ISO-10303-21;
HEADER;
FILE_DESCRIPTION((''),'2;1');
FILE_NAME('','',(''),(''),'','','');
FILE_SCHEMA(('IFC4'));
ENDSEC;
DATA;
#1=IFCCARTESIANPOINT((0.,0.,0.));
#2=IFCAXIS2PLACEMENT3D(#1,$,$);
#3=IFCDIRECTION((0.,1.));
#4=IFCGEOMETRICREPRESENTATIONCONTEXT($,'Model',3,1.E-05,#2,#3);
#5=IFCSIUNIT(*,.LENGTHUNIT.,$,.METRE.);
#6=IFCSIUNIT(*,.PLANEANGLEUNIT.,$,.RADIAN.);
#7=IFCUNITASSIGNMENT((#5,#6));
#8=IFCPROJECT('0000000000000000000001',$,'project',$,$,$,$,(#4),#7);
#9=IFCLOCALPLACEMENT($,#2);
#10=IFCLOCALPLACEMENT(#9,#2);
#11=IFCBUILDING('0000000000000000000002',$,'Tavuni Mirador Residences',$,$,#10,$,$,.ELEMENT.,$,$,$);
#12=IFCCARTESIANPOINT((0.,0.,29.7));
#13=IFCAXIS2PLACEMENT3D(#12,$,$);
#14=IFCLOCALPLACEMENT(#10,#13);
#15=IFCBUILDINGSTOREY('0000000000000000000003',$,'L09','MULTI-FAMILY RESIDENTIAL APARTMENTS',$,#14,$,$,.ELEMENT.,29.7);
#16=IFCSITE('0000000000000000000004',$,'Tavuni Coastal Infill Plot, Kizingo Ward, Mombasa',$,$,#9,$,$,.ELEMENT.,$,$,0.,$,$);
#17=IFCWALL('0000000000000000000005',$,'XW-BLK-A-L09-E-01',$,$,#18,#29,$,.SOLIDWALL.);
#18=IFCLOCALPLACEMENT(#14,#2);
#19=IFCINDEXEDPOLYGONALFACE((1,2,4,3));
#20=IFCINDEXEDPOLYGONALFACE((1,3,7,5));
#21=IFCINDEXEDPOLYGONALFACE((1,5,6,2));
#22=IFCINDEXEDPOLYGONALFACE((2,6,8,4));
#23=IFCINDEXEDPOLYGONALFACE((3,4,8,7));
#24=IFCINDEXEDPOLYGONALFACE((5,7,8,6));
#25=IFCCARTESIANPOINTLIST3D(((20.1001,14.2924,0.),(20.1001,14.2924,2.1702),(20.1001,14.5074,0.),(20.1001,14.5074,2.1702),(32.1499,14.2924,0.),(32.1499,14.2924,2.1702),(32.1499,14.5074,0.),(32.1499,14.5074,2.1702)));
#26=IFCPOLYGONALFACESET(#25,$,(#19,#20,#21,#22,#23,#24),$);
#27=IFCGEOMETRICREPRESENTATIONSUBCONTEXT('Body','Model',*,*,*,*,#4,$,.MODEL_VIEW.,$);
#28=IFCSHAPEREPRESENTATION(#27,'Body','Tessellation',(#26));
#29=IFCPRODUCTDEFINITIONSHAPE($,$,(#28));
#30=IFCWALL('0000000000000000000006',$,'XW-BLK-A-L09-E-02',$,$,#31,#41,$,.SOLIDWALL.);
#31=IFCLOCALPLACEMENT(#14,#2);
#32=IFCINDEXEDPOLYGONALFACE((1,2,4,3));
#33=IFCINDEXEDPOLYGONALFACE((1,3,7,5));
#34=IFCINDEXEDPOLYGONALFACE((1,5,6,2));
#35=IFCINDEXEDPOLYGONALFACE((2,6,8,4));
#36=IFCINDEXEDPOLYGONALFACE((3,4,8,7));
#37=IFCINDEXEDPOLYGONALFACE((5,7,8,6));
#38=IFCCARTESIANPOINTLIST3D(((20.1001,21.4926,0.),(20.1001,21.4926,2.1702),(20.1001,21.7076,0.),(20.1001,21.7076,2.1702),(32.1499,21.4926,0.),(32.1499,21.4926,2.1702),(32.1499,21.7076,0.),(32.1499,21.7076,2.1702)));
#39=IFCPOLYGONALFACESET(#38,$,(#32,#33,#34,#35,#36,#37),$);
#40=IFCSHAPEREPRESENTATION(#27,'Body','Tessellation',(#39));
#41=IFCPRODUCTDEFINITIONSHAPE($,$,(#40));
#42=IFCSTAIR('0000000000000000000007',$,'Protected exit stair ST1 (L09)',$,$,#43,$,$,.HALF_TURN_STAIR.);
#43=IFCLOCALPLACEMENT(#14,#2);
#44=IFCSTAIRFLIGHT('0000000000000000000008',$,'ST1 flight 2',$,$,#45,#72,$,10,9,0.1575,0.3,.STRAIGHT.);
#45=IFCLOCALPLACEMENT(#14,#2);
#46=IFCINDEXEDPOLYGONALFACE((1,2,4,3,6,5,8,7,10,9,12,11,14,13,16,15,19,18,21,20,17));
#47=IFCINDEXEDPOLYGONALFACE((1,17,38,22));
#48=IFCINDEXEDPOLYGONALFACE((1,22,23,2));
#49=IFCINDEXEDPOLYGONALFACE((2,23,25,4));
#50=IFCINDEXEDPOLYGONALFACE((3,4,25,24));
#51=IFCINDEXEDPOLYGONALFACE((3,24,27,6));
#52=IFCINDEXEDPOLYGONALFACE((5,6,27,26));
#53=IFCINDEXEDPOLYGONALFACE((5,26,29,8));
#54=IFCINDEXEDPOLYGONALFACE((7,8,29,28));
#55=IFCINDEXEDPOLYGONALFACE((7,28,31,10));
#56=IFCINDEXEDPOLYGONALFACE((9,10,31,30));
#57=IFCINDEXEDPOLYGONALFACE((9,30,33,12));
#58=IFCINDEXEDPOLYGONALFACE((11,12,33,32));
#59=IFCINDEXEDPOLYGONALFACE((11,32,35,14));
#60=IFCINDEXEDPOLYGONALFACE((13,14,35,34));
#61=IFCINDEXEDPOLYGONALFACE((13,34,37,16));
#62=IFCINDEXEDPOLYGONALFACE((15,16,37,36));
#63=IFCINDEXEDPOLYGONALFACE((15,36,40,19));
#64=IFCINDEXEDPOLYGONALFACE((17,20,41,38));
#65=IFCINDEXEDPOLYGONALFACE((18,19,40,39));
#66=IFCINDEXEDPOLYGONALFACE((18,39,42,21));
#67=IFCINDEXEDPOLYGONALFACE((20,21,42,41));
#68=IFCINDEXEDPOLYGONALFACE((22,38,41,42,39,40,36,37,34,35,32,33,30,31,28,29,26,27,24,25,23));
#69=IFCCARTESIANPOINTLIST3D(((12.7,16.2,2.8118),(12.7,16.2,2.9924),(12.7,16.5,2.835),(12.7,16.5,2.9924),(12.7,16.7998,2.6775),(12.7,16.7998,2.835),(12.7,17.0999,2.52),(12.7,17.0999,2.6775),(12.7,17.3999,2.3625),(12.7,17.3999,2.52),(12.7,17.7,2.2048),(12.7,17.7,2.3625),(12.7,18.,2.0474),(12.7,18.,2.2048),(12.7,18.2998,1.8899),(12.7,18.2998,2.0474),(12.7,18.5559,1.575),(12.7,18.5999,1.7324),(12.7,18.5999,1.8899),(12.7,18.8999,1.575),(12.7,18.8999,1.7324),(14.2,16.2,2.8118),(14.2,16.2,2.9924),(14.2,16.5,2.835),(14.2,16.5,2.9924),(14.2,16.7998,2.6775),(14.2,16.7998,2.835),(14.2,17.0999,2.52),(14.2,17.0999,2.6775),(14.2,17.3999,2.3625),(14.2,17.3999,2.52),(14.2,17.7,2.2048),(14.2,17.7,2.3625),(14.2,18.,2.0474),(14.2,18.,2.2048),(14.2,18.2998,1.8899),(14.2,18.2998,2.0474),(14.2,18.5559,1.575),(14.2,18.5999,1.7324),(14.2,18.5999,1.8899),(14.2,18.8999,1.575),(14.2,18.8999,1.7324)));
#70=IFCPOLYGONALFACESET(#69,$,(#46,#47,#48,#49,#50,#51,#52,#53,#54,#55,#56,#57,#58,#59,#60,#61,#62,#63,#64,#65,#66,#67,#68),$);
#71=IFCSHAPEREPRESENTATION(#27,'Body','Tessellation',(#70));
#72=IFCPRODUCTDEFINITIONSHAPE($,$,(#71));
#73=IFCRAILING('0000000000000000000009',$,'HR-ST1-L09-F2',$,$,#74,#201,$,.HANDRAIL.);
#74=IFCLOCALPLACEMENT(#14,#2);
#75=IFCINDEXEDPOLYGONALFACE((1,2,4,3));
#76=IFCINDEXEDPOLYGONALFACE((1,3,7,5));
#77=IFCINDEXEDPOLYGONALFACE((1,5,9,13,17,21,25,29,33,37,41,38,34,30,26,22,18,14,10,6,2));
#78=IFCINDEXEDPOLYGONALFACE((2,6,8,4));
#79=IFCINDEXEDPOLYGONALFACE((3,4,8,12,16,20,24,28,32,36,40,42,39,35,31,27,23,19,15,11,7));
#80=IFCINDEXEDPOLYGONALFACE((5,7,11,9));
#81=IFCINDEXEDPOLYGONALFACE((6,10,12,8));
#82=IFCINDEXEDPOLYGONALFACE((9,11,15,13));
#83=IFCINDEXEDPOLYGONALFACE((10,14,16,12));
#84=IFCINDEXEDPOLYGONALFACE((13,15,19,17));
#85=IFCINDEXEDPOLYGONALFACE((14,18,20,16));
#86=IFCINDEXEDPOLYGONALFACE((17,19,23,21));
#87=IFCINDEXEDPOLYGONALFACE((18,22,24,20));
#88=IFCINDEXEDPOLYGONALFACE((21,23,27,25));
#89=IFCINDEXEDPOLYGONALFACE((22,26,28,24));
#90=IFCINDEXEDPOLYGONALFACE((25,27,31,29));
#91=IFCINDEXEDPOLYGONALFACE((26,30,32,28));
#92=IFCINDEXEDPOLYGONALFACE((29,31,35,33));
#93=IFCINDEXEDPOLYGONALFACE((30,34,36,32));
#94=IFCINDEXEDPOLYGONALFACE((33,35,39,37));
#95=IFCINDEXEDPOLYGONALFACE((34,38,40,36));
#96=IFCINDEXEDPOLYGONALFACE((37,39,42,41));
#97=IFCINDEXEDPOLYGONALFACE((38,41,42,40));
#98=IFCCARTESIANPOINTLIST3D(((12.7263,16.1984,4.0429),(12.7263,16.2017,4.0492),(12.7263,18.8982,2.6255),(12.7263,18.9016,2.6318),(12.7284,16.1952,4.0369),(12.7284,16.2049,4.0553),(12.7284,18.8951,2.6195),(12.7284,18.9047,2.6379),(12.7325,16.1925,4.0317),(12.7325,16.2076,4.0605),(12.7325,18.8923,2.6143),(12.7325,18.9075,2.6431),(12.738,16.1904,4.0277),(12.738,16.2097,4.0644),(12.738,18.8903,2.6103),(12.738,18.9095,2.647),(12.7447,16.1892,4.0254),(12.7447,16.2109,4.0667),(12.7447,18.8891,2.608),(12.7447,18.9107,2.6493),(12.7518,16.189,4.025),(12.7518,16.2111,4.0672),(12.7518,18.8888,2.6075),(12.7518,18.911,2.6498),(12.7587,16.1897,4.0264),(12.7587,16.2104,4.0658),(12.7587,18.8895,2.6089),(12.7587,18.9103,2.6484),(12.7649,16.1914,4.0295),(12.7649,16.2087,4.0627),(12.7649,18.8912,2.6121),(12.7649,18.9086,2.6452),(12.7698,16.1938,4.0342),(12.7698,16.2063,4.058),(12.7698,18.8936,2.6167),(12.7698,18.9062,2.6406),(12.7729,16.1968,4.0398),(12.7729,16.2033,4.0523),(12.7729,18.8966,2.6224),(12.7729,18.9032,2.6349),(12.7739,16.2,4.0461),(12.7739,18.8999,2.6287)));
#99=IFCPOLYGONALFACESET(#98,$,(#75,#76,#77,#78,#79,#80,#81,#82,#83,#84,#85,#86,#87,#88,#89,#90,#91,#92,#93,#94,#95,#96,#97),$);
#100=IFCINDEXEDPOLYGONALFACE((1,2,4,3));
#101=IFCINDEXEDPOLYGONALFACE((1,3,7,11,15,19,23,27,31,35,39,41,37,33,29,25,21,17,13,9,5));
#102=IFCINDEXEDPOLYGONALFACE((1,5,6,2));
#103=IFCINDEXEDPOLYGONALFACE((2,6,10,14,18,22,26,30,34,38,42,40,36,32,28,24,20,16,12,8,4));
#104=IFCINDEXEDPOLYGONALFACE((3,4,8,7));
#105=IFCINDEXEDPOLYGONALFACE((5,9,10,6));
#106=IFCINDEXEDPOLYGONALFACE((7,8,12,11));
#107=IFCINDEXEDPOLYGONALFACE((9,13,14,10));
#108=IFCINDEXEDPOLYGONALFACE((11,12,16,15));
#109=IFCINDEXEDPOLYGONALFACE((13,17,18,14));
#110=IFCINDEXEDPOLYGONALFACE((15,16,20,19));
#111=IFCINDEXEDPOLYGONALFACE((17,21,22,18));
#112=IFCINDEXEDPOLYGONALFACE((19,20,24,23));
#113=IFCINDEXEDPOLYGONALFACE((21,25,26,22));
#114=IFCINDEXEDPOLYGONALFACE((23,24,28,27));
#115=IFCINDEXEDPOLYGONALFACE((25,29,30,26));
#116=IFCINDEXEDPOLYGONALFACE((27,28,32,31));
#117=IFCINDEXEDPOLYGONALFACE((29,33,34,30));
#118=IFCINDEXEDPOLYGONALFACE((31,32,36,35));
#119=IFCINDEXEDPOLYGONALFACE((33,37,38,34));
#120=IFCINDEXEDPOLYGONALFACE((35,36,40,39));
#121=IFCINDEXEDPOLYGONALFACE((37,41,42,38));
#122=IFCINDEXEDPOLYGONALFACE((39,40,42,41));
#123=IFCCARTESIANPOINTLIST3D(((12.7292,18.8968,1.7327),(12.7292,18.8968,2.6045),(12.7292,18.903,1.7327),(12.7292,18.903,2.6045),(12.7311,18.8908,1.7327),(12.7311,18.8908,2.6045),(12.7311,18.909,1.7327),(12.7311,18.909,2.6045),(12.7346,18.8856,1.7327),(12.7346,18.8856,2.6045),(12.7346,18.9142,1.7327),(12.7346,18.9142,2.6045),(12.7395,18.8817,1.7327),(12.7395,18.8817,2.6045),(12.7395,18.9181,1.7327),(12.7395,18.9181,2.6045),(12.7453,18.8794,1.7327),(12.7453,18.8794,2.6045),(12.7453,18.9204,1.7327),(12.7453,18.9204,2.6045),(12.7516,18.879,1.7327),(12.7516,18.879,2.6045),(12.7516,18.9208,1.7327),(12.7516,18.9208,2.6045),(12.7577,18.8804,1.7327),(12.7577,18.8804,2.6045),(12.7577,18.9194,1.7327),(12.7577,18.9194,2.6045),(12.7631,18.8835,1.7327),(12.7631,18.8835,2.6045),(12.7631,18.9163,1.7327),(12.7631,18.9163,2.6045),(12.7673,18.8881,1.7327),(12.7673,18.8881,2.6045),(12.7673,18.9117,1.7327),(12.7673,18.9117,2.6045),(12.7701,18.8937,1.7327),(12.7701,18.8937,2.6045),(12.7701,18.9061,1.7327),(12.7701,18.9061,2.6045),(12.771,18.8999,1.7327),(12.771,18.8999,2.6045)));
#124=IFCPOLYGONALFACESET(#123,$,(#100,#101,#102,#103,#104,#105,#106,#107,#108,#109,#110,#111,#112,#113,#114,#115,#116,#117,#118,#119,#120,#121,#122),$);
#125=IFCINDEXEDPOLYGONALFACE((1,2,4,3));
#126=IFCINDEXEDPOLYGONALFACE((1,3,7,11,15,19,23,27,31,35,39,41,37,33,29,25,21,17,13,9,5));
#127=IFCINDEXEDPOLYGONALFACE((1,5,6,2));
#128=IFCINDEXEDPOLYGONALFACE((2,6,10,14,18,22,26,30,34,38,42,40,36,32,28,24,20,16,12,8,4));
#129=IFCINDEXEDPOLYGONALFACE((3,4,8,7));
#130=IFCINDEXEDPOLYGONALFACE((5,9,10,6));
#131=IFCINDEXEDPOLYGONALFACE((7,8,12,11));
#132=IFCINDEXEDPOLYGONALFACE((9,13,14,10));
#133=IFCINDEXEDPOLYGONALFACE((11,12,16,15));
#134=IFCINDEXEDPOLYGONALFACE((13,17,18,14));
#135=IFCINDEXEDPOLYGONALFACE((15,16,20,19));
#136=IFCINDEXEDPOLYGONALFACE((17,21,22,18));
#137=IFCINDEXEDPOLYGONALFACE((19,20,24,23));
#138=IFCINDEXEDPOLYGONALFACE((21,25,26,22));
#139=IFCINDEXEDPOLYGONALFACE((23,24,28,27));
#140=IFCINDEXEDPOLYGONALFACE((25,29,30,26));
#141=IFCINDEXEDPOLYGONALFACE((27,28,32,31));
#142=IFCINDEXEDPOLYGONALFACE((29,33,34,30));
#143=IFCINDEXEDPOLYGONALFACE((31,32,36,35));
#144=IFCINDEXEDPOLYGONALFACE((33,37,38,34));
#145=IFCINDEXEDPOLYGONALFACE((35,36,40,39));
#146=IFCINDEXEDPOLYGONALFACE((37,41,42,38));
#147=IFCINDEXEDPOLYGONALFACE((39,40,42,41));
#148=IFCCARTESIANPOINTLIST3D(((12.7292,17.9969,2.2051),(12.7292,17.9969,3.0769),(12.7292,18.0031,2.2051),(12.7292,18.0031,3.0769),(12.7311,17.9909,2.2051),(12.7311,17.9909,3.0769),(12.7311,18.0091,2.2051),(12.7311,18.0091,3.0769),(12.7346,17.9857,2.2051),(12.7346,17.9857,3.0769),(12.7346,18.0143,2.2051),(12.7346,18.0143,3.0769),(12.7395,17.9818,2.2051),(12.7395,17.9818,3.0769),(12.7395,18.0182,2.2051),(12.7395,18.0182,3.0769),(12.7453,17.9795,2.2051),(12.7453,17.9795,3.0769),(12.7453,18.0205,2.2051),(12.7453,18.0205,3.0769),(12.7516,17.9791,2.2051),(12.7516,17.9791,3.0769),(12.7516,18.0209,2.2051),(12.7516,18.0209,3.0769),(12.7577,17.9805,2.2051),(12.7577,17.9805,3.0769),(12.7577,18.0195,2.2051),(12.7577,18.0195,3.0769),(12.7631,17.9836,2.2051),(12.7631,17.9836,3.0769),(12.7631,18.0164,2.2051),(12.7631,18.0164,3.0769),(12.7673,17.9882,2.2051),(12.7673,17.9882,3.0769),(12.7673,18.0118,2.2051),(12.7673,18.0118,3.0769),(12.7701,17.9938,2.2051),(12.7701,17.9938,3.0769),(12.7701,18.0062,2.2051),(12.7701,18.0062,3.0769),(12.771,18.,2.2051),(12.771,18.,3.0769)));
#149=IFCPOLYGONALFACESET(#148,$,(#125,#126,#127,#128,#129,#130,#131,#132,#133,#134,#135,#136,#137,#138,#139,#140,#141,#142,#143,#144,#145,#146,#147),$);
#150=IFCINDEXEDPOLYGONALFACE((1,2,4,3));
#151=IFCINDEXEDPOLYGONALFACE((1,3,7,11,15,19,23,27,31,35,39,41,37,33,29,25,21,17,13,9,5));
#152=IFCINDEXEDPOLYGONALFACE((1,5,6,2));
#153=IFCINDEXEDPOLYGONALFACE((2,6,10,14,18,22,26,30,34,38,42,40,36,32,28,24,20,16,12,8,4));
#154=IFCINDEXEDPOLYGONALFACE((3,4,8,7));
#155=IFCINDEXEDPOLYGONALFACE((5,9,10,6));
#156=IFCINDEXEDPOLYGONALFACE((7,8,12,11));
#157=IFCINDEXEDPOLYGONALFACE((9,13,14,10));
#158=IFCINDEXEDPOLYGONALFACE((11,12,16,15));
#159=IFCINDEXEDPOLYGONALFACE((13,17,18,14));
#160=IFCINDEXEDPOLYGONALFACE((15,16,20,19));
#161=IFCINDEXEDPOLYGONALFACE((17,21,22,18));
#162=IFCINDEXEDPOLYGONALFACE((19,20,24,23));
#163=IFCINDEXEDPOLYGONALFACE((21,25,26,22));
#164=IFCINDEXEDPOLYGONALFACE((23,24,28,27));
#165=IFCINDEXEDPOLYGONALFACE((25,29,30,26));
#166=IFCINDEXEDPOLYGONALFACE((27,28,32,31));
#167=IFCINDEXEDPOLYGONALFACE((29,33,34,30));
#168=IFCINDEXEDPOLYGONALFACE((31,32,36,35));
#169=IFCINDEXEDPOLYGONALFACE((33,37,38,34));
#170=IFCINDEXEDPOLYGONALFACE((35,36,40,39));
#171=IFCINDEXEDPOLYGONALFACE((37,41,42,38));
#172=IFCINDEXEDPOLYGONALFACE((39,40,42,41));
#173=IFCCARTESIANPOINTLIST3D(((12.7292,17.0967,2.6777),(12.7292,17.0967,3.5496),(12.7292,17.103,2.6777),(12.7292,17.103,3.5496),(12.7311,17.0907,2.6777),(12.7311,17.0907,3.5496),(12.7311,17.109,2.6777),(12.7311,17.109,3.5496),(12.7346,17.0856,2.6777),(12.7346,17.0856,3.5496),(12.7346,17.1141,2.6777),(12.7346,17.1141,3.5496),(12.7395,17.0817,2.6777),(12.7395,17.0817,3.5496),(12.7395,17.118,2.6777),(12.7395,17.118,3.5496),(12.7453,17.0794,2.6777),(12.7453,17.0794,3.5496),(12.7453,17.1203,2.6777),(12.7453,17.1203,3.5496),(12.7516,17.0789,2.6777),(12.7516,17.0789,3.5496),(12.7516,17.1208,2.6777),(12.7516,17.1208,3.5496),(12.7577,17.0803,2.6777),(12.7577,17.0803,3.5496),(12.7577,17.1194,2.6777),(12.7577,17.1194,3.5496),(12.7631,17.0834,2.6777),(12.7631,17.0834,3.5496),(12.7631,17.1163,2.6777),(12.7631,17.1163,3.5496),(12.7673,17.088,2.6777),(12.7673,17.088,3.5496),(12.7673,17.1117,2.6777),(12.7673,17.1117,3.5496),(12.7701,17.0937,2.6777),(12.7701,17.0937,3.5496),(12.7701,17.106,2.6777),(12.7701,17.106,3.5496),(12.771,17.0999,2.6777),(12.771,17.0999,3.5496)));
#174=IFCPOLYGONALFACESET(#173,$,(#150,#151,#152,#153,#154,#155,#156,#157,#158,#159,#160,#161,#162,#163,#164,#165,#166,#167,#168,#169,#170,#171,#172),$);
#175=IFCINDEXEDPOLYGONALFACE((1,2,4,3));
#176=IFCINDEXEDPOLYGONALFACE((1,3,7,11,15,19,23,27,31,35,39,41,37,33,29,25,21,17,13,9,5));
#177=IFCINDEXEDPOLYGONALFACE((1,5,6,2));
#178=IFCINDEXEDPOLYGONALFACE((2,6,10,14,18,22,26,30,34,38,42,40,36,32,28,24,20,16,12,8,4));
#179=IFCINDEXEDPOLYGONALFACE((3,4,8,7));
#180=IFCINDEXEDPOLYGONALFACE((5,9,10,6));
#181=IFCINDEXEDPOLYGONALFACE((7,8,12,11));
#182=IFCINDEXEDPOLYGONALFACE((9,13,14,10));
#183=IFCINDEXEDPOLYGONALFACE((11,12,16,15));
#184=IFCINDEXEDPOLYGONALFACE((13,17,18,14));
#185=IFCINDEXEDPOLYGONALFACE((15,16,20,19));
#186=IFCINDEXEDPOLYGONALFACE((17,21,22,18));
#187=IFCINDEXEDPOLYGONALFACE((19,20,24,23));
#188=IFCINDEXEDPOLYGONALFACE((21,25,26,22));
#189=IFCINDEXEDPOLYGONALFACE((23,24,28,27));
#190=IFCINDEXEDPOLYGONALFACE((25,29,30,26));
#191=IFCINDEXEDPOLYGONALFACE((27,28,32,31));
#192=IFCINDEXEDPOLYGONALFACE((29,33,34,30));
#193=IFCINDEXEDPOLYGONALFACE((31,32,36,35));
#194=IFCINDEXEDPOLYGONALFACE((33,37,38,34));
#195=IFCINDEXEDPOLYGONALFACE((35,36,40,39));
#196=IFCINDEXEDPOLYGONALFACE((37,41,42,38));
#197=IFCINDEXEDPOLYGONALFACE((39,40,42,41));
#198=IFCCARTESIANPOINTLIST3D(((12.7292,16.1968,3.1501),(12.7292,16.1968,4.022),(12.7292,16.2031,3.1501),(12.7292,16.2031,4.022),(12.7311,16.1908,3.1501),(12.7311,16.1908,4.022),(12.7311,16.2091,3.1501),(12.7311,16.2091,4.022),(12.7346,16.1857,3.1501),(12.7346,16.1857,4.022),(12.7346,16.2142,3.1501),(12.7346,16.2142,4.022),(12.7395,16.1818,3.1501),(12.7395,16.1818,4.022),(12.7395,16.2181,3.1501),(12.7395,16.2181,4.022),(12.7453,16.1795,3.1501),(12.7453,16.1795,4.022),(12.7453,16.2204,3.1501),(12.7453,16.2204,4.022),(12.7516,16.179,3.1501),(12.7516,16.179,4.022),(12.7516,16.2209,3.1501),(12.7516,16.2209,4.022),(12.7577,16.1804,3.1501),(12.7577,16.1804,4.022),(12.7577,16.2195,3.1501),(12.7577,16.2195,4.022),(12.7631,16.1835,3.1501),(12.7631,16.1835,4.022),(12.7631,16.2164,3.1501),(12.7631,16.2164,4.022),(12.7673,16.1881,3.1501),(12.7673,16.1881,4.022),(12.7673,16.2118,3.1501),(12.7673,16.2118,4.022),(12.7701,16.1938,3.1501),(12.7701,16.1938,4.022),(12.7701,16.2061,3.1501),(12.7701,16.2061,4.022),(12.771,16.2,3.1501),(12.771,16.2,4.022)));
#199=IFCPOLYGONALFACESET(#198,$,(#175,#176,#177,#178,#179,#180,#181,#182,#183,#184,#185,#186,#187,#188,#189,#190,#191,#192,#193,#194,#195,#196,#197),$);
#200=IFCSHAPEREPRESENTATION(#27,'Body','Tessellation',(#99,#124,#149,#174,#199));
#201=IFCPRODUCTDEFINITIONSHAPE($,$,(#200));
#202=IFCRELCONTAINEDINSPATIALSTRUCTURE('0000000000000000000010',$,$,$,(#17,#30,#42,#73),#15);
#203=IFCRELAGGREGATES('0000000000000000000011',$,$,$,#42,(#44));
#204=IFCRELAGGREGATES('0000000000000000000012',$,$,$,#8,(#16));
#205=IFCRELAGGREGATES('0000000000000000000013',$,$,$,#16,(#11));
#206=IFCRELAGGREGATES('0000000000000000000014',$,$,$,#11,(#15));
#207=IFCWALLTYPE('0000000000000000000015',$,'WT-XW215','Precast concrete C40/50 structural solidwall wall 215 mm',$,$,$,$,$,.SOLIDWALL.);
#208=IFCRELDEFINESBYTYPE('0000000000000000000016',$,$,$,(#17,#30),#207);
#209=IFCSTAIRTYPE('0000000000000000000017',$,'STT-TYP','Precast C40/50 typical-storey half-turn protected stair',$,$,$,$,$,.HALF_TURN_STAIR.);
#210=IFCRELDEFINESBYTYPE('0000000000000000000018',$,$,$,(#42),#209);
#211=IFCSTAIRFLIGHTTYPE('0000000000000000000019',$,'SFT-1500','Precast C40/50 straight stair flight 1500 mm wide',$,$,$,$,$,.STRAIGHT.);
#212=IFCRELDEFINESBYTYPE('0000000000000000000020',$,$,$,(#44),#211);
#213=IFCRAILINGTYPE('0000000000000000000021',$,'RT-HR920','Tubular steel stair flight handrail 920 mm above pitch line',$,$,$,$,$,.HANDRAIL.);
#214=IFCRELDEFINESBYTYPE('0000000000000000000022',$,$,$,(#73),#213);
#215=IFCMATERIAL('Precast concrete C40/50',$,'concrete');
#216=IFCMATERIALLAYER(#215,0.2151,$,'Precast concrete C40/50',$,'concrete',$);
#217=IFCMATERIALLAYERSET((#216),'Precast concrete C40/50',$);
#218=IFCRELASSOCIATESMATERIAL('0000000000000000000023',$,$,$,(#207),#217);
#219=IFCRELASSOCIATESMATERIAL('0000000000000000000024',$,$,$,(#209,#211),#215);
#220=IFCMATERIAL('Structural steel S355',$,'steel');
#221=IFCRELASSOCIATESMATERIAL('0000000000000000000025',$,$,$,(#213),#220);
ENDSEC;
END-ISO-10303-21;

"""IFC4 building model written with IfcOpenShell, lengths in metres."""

from ifc_helpers import new_model, si_unit, direction, frame, frame_2d, origin, origin_2d, place, context, subcontext, project, spatial, polyline, rectangle, circle, outline, extrude, material, layer, layer_set, type_object, element, aggregate, save


model = new_model("IFC4")

# Units and contexts
model_context = context("Model", 3, precision=1e-05, world=origin(), true_north=direction((0.0, 1.0)))
body_context = subcontext(model_context, "Body", "Model", "MODEL_VIEW")
ifc_project = project(units=[si_unit("LENGTHUNIT", "METRE"), si_unit("PLANEANGLEUNIT", "RADIAN")], contexts=[model_context])

# Site, building, storey
site_placement = place(None, origin())
site = spatial("IfcSite", under=ifc_project, at=site_placement, Name="Tavuni Coastal Infill Plot, Kizingo Ward, Mombasa", CompositionType="ELEMENT", RefElevation=0.0)
building_placement = place(site_placement, origin())
building = spatial("IfcBuilding", under=site, at=building_placement, Name="Tavuni Mirador Residences", CompositionType="ELEMENT")
storey_placement = place(building_placement, frame((0.0, 0.0, 29.7)))
storey = spatial("IfcBuildingStorey", under=building, at=storey_placement, Name="L09", Description="MULTI-FAMILY RESIDENTIAL APARTMENTS", CompositionType="ELEMENT", Elevation=29.7)

# Shared definitions
ifc_material_1 = material(Name="Precast concrete C40/50", Category="concrete")

# Shared definitions
ifc_material_2 = material(Name="Structural steel S355", Category="steel")

# Walls
ifc_layer_1 = layer(ifc_material_1, 0.2151, Name="Precast concrete C40/50", Category="concrete")
ifc_layer_set_1 = layer_set([ifc_layer_1], Name="Precast concrete C40/50")
wall_type_1 = type_object("IfcWallType", Name="WT-XW215", Description="Precast concrete C40/50 structural solidwall wall 215 mm", PredefinedType="SOLIDWALL", material=ifc_layer_set_1)
for number, where, z_axis, x_axis, name in (
    (1, (20.1001, 14.3999, 0.0), (0.0, 0.0, 1.0), (1.0, 0.0, 0.0), "XW-BLK-A-L09-E-01"),
    (2, (20.1001, 21.6001, 0.0), (0.0, 0.0, 1.0), (1.0, 0.0, 0.0), "XW-BLK-A-L09-E-02"),
):
    element("IfcWall", number, at=place(storey_placement, frame(where, z_axis=z_axis, x_axis=x_axis)), inside=storey, type_object=wall_type_1, Name=name, PredefinedType="SOLIDWALL", context=body_context, shape_type="SweptSolid", body=[
        extrude(rectangle(XDim=12.0498, YDim=0.2151, at=frame_2d((6.0249, 0.0))), origin(), (0.0, 0.0, 1.0), 2.1702),
    ])

# Stair, stair flight
stair_type = type_object("IfcStairType", Name="STT-TYP", Description="Precast C40/50 typical-storey half-turn protected stair", PredefinedType="HALF_TURN_STAIR", material=ifc_material_1)
stair_placement = place(storey_placement, origin())
stair = element("IfcStair", 3, at=stair_placement, inside=storey, type_object=stair_type, Name="Protected exit stair ST1 (L09)", PredefinedType="HALF_TURN_STAIR")
stair_flight_type = type_object("IfcStairFlightType", Name="SFT-1500", Description="Precast C40/50 straight stair flight 1500 mm wide", PredefinedType="STRAIGHT", material=ifc_material_1)
stair_flight_placement = place(storey_placement, frame((13.45, 18.8999, 1.575), z_axis=(0.0, 0.0, 1.0), x_axis=(0.0, -1.0, 0.0)))
stair_flight = element("IfcStairFlight", 4, at=stair_flight_placement, type_object=stair_flight_type, Name="ST1 flight 2", NumberOfRisers=10, NumberOfTreads=9, PredefinedType="STRAIGHT", RiserHeight=0.1575, TreadLength=0.3, context=body_context, shape_type="SweptSolid", body=[
    extrude(outline(polyline([(0.0, 0.0), (0.0, 0.1575), (0.3, 0.1575), (0.3, 0.3149), (0.6001, 0.3149), (0.6001, 0.4724), (0.8999, 0.4724), (0.8999, 0.6299), (1.2, 0.6299), (1.2, 0.7876), (1.5, 0.7876), (1.5, 0.9451), (1.8, 0.9451), (1.8, 1.1025), (2.1001, 1.1025), (2.1001, 1.26), (2.3999, 1.26), (2.3999, 1.4175), (2.7, 1.4175), (2.7, 1.575), (2.7, 1.2368), (0.344, 0.0), (0.0, 0.0)])), frame((0.0, 0.75, 0.0), z_axis=(0.0, -1.0, 0.0), x_axis=(1.0, 0.0, 0.0)), (0.0, 0.0, 1.0), 1.5),
])
aggregate(stair, [stair_flight])

# Railing
railing_type = type_object("IfcRailingType", Name="RT-HR920", Description="Tubular steel stair flight handrail 920 mm above pitch line", PredefinedType="HANDRAIL", material=ifc_material_2)
railing_placement = place(storey_placement, frame((12.75, 18.8999, 1.7327)))
element("IfcRailing", 5, at=railing_placement, inside=storey, type_object=railing_type, Name="HR-ST1-L09-F2", PredefinedType="HANDRAIL", context=body_context, shape_type="SweptSolid", body=[
    extrude(circle(Radius=0.0239, at=origin_2d()), frame((0.0, 0.0, 0.896), z_axis=(0.0, -0.885397, 0.464835), x_axis=(1.0, 0.0, 0.0)), (0.0, 0.0, 1.0), 3.0493),
    extrude(circle(Radius=0.021, at=origin_2d()), origin(), (0.0, 0.0, 1.0), 0.8718),
    extrude(circle(Radius=0.021, at=origin_2d()), frame((0.0, -0.8999, 0.4724)), (0.0, 0.0, 1.0), 0.8718),
    extrude(circle(Radius=0.021, at=origin_2d()), frame((0.0, -1.8, 0.9451)), (0.0, 0.0, 1.0), 0.8718),
    extrude(circle(Radius=0.021, at=origin_2d()), frame((0.0, -2.7, 1.4175)), (0.0, 0.0, 1.0), 0.8718),
])

save(model, "model.ifc")
